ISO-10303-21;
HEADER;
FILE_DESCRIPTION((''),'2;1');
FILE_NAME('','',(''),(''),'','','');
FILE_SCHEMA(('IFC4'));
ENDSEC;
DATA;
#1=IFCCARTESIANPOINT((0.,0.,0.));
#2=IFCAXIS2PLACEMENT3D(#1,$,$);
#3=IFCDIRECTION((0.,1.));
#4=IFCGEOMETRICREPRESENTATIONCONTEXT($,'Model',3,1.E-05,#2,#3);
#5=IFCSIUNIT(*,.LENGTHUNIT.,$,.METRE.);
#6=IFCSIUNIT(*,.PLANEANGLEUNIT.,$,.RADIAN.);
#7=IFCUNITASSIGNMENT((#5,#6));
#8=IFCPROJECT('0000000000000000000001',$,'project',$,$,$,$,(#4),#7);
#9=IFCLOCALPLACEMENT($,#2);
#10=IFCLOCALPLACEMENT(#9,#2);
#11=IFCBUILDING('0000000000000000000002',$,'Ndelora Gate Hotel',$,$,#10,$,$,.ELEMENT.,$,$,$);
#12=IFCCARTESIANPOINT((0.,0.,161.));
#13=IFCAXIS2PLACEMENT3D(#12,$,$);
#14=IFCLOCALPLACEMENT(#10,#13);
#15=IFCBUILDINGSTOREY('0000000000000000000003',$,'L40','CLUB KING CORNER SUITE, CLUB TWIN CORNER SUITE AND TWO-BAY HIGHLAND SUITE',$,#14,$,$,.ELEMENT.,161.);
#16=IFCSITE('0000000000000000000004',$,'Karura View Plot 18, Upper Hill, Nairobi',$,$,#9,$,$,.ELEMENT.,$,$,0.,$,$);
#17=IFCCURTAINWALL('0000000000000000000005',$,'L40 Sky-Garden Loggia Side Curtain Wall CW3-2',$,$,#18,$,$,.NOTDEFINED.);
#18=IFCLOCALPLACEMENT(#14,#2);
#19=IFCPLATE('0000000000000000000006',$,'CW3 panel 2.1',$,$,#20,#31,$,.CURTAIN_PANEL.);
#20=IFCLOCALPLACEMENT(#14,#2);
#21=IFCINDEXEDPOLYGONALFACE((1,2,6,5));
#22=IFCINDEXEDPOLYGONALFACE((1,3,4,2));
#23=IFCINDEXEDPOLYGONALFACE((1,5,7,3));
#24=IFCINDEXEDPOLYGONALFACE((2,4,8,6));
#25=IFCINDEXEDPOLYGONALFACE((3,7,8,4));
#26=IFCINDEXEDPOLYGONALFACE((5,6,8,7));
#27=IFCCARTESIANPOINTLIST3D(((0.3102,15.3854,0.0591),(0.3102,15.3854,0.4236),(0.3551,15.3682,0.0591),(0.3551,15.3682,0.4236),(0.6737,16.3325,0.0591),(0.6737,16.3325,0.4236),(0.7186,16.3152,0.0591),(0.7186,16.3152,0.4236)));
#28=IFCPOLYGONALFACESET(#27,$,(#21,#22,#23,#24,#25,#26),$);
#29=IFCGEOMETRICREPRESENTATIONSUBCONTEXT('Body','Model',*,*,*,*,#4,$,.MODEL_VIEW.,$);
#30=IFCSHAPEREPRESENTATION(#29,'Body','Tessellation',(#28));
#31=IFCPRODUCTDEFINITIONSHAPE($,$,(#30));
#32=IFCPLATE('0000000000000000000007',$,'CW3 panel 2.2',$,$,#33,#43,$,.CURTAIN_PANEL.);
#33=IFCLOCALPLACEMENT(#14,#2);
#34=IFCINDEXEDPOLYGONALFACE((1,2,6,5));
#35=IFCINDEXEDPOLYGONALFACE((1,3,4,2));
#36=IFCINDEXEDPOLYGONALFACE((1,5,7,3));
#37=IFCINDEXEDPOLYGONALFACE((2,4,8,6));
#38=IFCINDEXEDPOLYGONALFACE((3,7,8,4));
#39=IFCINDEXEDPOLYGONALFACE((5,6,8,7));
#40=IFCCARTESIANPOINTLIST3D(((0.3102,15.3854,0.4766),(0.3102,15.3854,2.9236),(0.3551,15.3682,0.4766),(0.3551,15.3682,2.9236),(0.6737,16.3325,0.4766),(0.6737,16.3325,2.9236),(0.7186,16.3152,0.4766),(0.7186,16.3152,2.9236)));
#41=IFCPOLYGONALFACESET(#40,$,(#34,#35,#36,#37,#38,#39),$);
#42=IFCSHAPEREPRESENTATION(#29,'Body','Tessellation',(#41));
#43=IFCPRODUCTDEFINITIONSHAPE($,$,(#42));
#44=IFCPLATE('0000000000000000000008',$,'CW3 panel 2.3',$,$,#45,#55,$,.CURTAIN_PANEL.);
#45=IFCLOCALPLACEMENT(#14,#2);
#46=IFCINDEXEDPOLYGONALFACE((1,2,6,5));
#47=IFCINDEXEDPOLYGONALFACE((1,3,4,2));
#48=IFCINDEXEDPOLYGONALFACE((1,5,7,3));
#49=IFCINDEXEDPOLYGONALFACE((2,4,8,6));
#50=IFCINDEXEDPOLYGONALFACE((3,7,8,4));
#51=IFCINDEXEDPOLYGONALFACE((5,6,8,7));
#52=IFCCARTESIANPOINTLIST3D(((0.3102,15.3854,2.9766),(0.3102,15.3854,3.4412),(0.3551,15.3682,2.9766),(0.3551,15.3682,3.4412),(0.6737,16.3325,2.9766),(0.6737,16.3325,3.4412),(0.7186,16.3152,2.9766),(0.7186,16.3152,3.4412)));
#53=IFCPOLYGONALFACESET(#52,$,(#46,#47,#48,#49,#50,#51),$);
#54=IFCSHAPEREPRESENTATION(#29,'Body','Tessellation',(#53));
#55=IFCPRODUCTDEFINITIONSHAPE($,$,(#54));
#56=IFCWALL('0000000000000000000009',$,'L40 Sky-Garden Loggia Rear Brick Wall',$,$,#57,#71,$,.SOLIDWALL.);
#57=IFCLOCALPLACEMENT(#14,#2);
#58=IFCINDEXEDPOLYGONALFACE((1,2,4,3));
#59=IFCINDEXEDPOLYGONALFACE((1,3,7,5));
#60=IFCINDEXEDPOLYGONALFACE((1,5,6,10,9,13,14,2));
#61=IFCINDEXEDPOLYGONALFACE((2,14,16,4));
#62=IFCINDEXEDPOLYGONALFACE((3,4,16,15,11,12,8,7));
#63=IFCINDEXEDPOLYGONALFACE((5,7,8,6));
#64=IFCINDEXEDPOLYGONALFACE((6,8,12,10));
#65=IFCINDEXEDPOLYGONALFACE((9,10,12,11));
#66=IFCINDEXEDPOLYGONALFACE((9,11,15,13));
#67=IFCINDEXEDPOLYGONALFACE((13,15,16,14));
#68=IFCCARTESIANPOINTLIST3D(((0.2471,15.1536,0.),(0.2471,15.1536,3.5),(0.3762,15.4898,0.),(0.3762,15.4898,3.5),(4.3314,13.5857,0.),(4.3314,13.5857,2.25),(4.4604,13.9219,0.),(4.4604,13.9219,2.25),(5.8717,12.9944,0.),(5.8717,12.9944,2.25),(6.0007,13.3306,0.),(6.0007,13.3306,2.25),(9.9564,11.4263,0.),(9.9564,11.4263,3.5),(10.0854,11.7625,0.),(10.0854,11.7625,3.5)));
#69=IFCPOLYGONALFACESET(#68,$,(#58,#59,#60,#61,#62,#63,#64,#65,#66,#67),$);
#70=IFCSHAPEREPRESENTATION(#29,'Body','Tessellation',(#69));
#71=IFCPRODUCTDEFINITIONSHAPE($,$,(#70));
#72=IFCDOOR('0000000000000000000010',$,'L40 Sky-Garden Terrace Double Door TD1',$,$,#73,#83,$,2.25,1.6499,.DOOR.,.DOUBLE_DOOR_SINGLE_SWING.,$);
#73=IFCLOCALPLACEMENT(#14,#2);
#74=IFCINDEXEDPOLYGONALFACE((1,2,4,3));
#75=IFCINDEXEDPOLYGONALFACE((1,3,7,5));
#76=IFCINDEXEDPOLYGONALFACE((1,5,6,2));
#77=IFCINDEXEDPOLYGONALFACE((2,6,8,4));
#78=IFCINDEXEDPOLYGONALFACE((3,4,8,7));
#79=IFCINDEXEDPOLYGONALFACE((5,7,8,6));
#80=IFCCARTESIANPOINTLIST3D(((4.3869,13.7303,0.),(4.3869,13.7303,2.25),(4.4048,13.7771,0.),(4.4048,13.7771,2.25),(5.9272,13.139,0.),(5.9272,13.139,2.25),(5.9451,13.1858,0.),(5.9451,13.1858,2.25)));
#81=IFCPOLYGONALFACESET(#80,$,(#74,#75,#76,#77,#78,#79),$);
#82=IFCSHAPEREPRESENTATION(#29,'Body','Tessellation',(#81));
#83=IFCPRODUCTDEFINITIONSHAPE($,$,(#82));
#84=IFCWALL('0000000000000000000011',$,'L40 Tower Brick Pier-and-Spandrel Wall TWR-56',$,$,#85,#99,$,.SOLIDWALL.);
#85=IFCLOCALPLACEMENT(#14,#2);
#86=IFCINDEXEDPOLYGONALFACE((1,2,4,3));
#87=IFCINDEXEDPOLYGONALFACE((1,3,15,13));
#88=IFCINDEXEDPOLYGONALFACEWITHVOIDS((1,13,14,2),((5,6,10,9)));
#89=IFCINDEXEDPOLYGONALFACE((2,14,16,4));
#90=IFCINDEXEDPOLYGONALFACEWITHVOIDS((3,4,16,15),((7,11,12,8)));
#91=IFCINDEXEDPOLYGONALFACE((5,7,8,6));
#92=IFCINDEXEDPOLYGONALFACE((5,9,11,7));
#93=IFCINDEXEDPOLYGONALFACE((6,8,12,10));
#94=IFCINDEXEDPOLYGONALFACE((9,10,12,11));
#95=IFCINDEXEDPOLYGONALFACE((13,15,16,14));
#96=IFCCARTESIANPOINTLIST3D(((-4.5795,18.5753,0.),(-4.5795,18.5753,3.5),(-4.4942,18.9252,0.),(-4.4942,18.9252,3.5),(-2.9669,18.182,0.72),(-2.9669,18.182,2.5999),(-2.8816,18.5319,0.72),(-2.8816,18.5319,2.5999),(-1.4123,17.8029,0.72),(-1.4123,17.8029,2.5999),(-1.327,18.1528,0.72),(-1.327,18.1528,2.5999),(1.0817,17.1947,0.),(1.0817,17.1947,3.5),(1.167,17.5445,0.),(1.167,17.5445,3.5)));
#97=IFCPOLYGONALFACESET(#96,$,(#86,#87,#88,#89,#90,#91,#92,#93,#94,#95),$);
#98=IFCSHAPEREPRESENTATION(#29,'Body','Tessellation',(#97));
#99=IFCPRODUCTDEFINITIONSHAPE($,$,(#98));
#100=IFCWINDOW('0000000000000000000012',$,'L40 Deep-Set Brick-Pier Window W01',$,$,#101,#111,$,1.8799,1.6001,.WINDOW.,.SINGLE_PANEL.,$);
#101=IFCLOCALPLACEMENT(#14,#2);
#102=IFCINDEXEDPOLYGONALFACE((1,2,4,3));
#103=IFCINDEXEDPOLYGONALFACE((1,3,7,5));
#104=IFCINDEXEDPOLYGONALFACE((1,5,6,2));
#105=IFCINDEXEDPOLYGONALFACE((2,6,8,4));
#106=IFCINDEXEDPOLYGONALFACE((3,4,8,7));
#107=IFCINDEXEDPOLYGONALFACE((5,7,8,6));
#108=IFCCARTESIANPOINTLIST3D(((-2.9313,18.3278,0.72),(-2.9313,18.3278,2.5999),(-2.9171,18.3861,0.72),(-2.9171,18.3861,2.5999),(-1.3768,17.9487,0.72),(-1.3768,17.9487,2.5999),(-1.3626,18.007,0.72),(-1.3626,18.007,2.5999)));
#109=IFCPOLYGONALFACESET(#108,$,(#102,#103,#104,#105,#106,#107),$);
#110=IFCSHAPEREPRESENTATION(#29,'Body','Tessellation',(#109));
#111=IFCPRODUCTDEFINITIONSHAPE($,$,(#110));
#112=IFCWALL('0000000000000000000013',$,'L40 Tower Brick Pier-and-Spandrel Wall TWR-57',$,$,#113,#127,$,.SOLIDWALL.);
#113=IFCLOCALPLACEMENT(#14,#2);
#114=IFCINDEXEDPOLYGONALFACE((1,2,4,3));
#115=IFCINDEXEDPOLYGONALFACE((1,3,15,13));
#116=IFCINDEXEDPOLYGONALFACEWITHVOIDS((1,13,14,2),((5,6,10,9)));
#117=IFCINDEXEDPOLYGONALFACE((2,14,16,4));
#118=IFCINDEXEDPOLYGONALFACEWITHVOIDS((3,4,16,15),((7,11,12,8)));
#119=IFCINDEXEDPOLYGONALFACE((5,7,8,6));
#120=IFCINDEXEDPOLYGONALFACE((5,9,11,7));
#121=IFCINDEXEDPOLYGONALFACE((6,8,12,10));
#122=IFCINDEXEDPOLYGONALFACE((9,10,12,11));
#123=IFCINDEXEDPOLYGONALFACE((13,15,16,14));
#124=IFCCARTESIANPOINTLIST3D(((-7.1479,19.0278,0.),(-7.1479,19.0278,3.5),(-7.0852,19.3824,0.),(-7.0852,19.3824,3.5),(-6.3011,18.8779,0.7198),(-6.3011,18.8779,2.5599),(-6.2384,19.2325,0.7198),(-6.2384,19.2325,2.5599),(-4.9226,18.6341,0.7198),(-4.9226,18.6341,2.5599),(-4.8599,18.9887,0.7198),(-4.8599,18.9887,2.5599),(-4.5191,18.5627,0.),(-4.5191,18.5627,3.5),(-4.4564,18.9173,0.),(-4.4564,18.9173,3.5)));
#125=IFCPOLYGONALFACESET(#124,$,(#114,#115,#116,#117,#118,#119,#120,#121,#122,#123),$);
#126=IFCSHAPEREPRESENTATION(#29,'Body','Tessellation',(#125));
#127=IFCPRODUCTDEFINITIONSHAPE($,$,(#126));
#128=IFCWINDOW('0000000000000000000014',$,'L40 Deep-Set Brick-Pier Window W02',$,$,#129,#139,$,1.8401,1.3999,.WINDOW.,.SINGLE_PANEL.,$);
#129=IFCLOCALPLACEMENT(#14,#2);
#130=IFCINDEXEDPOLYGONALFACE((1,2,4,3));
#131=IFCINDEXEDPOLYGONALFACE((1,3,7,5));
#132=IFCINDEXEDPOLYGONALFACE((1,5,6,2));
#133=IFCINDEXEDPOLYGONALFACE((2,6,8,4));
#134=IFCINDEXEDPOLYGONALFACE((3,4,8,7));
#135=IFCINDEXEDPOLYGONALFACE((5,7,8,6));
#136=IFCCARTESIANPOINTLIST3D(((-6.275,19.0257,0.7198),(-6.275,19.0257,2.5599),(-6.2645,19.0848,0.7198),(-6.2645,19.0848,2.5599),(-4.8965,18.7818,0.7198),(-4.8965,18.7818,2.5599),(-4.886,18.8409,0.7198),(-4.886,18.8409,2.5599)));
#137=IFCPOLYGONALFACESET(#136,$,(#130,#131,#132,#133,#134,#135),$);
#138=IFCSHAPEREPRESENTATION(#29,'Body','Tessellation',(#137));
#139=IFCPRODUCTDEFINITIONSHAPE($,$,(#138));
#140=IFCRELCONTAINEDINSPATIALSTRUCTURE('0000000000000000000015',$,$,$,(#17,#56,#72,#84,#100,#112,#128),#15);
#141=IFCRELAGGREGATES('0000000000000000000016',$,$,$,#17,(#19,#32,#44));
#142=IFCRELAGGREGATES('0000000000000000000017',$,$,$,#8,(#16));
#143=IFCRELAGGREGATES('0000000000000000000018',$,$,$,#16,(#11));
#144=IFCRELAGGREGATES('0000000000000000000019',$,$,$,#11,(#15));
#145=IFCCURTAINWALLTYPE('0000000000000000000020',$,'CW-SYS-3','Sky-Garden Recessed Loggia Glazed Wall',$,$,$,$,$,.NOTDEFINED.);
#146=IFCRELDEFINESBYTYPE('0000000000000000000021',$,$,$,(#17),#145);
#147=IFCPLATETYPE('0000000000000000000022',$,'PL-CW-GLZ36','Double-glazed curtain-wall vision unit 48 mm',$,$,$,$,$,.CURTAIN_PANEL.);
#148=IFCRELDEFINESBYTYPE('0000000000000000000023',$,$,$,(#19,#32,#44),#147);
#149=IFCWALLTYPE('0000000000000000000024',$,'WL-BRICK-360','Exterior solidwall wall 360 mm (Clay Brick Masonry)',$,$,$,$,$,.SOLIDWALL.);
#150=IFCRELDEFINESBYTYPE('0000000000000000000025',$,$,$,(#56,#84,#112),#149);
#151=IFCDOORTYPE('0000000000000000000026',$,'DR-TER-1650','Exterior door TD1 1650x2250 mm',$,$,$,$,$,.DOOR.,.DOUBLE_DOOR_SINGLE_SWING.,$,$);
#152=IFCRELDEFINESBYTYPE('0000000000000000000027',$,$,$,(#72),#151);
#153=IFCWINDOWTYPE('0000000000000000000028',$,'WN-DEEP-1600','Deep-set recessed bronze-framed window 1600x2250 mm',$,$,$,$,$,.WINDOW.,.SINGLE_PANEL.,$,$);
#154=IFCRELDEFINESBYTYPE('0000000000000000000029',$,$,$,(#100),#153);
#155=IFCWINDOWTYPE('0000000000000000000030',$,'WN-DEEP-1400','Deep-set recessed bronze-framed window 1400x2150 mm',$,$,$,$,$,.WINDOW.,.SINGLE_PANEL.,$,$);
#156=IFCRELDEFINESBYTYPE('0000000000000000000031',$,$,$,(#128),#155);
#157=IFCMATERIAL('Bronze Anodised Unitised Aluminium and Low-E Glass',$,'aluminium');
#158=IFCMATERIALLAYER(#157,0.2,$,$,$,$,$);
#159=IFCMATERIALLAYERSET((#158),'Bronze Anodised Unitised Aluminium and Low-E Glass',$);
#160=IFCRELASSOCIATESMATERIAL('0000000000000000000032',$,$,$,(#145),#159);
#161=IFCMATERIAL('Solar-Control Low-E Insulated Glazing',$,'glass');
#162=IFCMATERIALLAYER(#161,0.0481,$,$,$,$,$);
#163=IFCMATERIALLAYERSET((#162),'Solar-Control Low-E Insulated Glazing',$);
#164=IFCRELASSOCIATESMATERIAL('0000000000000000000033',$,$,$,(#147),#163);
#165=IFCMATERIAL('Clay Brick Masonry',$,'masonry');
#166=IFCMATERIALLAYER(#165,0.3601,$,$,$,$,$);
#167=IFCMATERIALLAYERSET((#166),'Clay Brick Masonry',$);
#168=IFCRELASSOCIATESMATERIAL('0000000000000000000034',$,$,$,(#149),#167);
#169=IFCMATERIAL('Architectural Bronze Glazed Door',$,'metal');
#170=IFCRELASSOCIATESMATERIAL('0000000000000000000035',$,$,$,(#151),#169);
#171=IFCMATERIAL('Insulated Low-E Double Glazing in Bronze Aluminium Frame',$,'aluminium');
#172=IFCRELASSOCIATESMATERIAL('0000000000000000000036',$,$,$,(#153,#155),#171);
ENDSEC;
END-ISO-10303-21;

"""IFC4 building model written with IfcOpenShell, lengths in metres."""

from ifc_helpers import new_model, si_unit, direction, frame, frame_2d, origin, origin_2d, place, context, subcontext, project, spatial, rectangle, extrude, material, layer, layer_set, type_object, element, fill, aggregate, save


model = new_model("IFC4")

# Units and contexts
model_context = context("Model", 3, precision=1e-05, world=origin(), true_north=direction((0.0, 1.0)))
body_context = subcontext(model_context, "Body", "Model", "MODEL_VIEW")
ifc_project = project(units=[si_unit("LENGTHUNIT", "METRE"), si_unit("PLANEANGLEUNIT", "RADIAN")], contexts=[model_context])

# Site, building, storey
site_placement = place(None, origin())
site = spatial("IfcSite", under=ifc_project, at=site_placement, Name="Karura View Plot 18, Upper Hill, Nairobi", CompositionType="ELEMENT", RefElevation=0.0)
building_placement = place(site_placement, origin())
building = spatial("IfcBuilding", under=site, at=building_placement, Name="Ndelora Gate Hotel", CompositionType="ELEMENT")
storey_placement = place(building_placement, frame((0.0, 0.0, 161.0)))
storey = spatial("IfcBuildingStorey", under=building, at=storey_placement, Name="L40", Description="CLUB KING CORNER SUITE, CLUB TWIN CORNER SUITE AND TWO-BAY HIGHLAND SUITE", CompositionType="ELEMENT", Elevation=161.0)

# Curtain wall, plates
ifc_material_1 = material(Name="Bronze Anodised Unitised Aluminium and Low-E Glass", Category="aluminium")
ifc_layer_1 = layer(ifc_material_1, 0.2)
ifc_layer_set_1 = layer_set([ifc_layer_1], Name="Bronze Anodised Unitised Aluminium and Low-E Glass")
curtain_wall_type = type_object("IfcCurtainWallType", Name="CW-SYS-3", Description="Sky-Garden Recessed Loggia Glazed Wall", PredefinedType="NOTDEFINED", material=ifc_layer_set_1)
curtain_wall_placement = place(storey_placement, origin())
curtain_wall = element("IfcCurtainWall", 1, at=curtain_wall_placement, inside=storey, type_object=curtain_wall_type, Name="L40 Sky-Garden Loggia Side Curtain Wall CW3-2", PredefinedType="NOTDEFINED")
ifc_material_2 = material(Name="Solar-Control Low-E Insulated Glazing", Category="glass")
ifc_layer_2 = layer(ifc_material_2, 0.0481)
ifc_layer_set_2 = layer_set([ifc_layer_2], Name="Solar-Control Low-E Insulated Glazing")
plate_type = type_object("IfcPlateType", Name="PL-CW-GLZ36", Description="Double-glazed curtain-wall vision unit 48 mm", PredefinedType="CURTAIN_PANEL", material=ifc_layer_set_2)
plate_1_placement = place(storey_placement, frame((0.5144, 15.8503, 0.0591), z_axis=(0.0, 0.0, 1.0), x_axis=(-0.358376, -0.933577, 0.0)))
plate_1 = element("IfcPlate", 2, at=plate_1_placement, type_object=plate_type, Name="CW3 panel 2.1", PredefinedType="CURTAIN_PANEL", context=body_context, shape_type="SweptSolid", body=[
    extrude(rectangle(XDim=1.0144, YDim=0.0481, at=origin_2d()), origin(), (0.0, 0.0, 1.0), 0.3645),
])
plate_2_placement = place(storey_placement, frame((0.5144, 15.8503, 0.4766), z_axis=(0.0, 0.0, 1.0), x_axis=(-0.358376, -0.933577, 0.0)))
plate_2 = element("IfcPlate", 3, at=plate_2_placement, type_object=plate_type, Name="CW3 panel 2.2", PredefinedType="CURTAIN_PANEL", context=body_context, shape_type="SweptSolid", body=[
    extrude(rectangle(XDim=1.0144, YDim=0.0481, at=origin_2d()), origin(), (0.0, 0.0, 1.0), 2.447),
])
plate_3_placement = place(storey_placement, frame((0.5144, 15.8503, 2.9766), z_axis=(0.0, 0.0, 1.0), x_axis=(-0.358376, -0.933577, 0.0)))
plate_3 = element("IfcPlate", 4, at=plate_3_placement, type_object=plate_type, Name="CW3 panel 2.3", PredefinedType="CURTAIN_PANEL", context=body_context, shape_type="SweptSolid", body=[
    extrude(rectangle(XDim=1.0144, YDim=0.0481, at=origin_2d()), origin(), (0.0, 0.0, 1.0), 0.4646),
])
aggregate(curtain_wall, [plate_1, plate_2, plate_3])

# Wall, opening, door
ifc_material_3 = material(Name="Clay Brick Masonry", Category="masonry")
ifc_layer_3 = layer(ifc_material_3, 0.3601)
ifc_layer_set_3 = layer_set([ifc_layer_3], Name="Clay Brick Masonry")
wall_type_1 = type_object("IfcWallType", Name="WL-BRICK-360", Description="Exterior solidwall wall 360 mm (Clay Brick Masonry)", PredefinedType="SOLIDWALL", material=ifc_layer_set_3)
wall_1_placement = place(storey_placement, frame((0.3115, 15.3218, 0.0), z_axis=(0.0, 0.0, 1.0), x_axis=(0.933572, -0.358391, 0.0)))
wall_1 = element("IfcWall", 5, at=wall_1_placement, inside=storey, type_object=wall_type_1, Name="L40 Sky-Garden Loggia Rear Brick Wall", PredefinedType="SOLIDWALL", context=body_context, shape_type="SweptSolid", body=[
    extrude(rectangle(XDim=10.4001, YDim=0.3601, at=frame_2d((5.2002, 0.0))), origin(), (0.0, 0.0, 1.0), 3.5),
])
opening_1_placement = place(wall_1_placement, frame((4.375, 0.0, 0.0)))
opening_1 = element("IfcOpeningElement", 6, at=opening_1_placement, cuts=wall_1, PredefinedType="OPENING", context=body_context, shape_type="SweptSolid", body=[
    extrude(rectangle(XDim=1.6499, YDim=2.25, at=frame_2d((0.825, 1.125))), frame((0.0, 0.1899, 0.0), z_axis=(0.0, -1.0, 0.0), x_axis=(1.0, 0.0, 0.0)), (0.0, 0.0, 1.0), 0.3801),
])
ifc_material_4 = material(Name="Architectural Bronze Glazed Door", Category="metal")
door_type_1 = type_object("IfcDoorType", Name="DR-TER-1650", Description="Exterior door TD1 1650x2250 mm", OperationType="DOUBLE_DOOR_SINGLE_SWING", PredefinedType="DOOR", material=ifc_material_4)
door_1_placement = place(opening_1_placement, origin())
door_1 = element("IfcDoor", 7, at=door_1_placement, inside=storey, type_object=door_type_1, Name="L40 Sky-Garden Terrace Double Door TD1", OperationType="DOUBLE_DOOR_SINGLE_SWING", OverallHeight=2.25, OverallWidth=1.6499, PredefinedType="DOOR", context=body_context, shape_type="SweptSolid", body=[
    extrude(rectangle(XDim=1.6499, YDim=2.25, at=frame_2d((0.825, 1.125))), frame((0.0, 0.0249, 0.0), z_axis=(0.0, -1.0, 0.0), x_axis=(1.0, 0.0, 0.0)), (0.0, 0.0, 1.0), 0.05),
])
fill(opening_1, door_1)

# Walls, openings, windows
wall_2_placement = place(storey_placement, frame((-4.5369, 18.7502, 0.0), z_axis=(0.0, 0.0, 1.0), x_axis=(0.971526, -0.236932, 0.0)))
wall_2 = element("IfcWall", 8, at=wall_2_placement, inside=storey, type_object=wall_type_1, Name="L40 Tower Brick Pier-and-Spandrel Wall TWR-56", PredefinedType="SOLIDWALL", context=body_context, shape_type="SweptSolid", body=[
    extrude(rectangle(XDim=5.8271, YDim=0.3601, at=frame_2d((2.9136, 0.0))), origin(), (0.0, 0.0, 1.0), 3.5),
])
opening_2_placement = place(wall_2_placement, frame((1.6599, 0.0, 0.72)))
opening_2 = element("IfcOpeningElement", 9, at=opening_2_placement, cuts=wall_2, PredefinedType="OPENING", context=body_context, shape_type="SweptSolid", body=[
    extrude(rectangle(XDim=1.6001, YDim=1.8799, at=frame_2d((0.8, 0.9399))), frame((0.0, 0.1899, 0.0), z_axis=(0.0, -1.0, 0.0), x_axis=(1.0, 0.0, 0.0)), (0.0, 0.0, 1.0), 0.3801),
])
ifc_material_5 = material(Name="Insulated Low-E Double Glazing in Bronze Aluminium Frame", Category="aluminium")
window_type_1 = type_object("IfcWindowType", Name="WN-DEEP-1600", Description="Deep-set recessed bronze-framed window 1600x2250 mm", PartitioningType="SINGLE_PANEL", PredefinedType="WINDOW", material=ifc_material_5)
window_1_placement = place(opening_2_placement, origin())
window_1 = element("IfcWindow", 10, at=window_1_placement, inside=storey, type_object=window_type_1, Name="L40 Deep-Set Brick-Pier Window W01", OverallHeight=1.8799, OverallWidth=1.6001, PartitioningType="SINGLE_PANEL", PredefinedType="WINDOW", context=body_context, shape_type="SweptSolid", body=[
    extrude(rectangle(XDim=1.6001, YDim=1.8799, at=frame_2d((0.8, 0.9399))), frame((0.0, 0.03, 0.0), z_axis=(0.0, -1.0, 0.0), x_axis=(1.0, 0.0, 0.0)), (0.0, 0.0, 1.0), 0.0601),
])
fill(opening_2, window_1)
wall_3_placement = place(storey_placement, frame((-7.1167, 19.2051, 0.0), z_axis=(0.0, 0.0, 1.0), x_axis=(0.984709, -0.174208, 0.0)))
wall_3 = element("IfcWall", 11, at=wall_3_placement, inside=storey, type_object=wall_type_1, Name="L40 Tower Brick Pier-and-Spandrel Wall TWR-57", PredefinedType="SOLIDWALL", context=body_context, shape_type="SweptSolid", body=[
    extrude(rectangle(XDim=2.6697, YDim=0.3601, at=frame_2d((1.335, 0.0))), origin(), (0.0, 0.0, 1.0), 3.5),
])
opening_3_placement = place(wall_3_placement, frame((0.8601, 0.0, 0.72)))
opening_3 = element("IfcOpeningElement", 12, at=opening_3_placement, cuts=wall_3, PredefinedType="OPENING", context=body_context, shape_type="SweptSolid", body=[
    extrude(rectangle(XDim=1.3999, YDim=1.8401, at=frame_2d((0.7, 0.9199))), frame((0.0, 0.1899, 0.0), z_axis=(0.0, -1.0, 0.0), x_axis=(1.0, 0.0, 0.0)), (0.0, 0.0, 1.0), 0.3801),
])
window_type_2 = type_object("IfcWindowType", Name="WN-DEEP-1400", Description="Deep-set recessed bronze-framed window 1400x2150 mm", PartitioningType="SINGLE_PANEL", PredefinedType="WINDOW", material=ifc_material_5)
window_2_placement = place(opening_3_placement, origin())
window_2 = element("IfcWindow", 13, at=window_2_placement, inside=storey, type_object=window_type_2, Name="L40 Deep-Set Brick-Pier Window W02", OverallHeight=1.8401, OverallWidth=1.3999, PartitioningType="SINGLE_PANEL", PredefinedType="WINDOW", context=body_context, shape_type="SweptSolid", body=[
    extrude(rectangle(XDim=1.3999, YDim=1.8401, at=frame_2d((0.7, 0.9199))), frame((0.0, 0.03, 0.0), z_axis=(0.0, -1.0, 0.0), x_axis=(1.0, 0.0, 0.0)), (0.0, 0.0, 1.0), 0.0601),
])
fill(opening_3, window_2)

save(model, "model.ifc")
